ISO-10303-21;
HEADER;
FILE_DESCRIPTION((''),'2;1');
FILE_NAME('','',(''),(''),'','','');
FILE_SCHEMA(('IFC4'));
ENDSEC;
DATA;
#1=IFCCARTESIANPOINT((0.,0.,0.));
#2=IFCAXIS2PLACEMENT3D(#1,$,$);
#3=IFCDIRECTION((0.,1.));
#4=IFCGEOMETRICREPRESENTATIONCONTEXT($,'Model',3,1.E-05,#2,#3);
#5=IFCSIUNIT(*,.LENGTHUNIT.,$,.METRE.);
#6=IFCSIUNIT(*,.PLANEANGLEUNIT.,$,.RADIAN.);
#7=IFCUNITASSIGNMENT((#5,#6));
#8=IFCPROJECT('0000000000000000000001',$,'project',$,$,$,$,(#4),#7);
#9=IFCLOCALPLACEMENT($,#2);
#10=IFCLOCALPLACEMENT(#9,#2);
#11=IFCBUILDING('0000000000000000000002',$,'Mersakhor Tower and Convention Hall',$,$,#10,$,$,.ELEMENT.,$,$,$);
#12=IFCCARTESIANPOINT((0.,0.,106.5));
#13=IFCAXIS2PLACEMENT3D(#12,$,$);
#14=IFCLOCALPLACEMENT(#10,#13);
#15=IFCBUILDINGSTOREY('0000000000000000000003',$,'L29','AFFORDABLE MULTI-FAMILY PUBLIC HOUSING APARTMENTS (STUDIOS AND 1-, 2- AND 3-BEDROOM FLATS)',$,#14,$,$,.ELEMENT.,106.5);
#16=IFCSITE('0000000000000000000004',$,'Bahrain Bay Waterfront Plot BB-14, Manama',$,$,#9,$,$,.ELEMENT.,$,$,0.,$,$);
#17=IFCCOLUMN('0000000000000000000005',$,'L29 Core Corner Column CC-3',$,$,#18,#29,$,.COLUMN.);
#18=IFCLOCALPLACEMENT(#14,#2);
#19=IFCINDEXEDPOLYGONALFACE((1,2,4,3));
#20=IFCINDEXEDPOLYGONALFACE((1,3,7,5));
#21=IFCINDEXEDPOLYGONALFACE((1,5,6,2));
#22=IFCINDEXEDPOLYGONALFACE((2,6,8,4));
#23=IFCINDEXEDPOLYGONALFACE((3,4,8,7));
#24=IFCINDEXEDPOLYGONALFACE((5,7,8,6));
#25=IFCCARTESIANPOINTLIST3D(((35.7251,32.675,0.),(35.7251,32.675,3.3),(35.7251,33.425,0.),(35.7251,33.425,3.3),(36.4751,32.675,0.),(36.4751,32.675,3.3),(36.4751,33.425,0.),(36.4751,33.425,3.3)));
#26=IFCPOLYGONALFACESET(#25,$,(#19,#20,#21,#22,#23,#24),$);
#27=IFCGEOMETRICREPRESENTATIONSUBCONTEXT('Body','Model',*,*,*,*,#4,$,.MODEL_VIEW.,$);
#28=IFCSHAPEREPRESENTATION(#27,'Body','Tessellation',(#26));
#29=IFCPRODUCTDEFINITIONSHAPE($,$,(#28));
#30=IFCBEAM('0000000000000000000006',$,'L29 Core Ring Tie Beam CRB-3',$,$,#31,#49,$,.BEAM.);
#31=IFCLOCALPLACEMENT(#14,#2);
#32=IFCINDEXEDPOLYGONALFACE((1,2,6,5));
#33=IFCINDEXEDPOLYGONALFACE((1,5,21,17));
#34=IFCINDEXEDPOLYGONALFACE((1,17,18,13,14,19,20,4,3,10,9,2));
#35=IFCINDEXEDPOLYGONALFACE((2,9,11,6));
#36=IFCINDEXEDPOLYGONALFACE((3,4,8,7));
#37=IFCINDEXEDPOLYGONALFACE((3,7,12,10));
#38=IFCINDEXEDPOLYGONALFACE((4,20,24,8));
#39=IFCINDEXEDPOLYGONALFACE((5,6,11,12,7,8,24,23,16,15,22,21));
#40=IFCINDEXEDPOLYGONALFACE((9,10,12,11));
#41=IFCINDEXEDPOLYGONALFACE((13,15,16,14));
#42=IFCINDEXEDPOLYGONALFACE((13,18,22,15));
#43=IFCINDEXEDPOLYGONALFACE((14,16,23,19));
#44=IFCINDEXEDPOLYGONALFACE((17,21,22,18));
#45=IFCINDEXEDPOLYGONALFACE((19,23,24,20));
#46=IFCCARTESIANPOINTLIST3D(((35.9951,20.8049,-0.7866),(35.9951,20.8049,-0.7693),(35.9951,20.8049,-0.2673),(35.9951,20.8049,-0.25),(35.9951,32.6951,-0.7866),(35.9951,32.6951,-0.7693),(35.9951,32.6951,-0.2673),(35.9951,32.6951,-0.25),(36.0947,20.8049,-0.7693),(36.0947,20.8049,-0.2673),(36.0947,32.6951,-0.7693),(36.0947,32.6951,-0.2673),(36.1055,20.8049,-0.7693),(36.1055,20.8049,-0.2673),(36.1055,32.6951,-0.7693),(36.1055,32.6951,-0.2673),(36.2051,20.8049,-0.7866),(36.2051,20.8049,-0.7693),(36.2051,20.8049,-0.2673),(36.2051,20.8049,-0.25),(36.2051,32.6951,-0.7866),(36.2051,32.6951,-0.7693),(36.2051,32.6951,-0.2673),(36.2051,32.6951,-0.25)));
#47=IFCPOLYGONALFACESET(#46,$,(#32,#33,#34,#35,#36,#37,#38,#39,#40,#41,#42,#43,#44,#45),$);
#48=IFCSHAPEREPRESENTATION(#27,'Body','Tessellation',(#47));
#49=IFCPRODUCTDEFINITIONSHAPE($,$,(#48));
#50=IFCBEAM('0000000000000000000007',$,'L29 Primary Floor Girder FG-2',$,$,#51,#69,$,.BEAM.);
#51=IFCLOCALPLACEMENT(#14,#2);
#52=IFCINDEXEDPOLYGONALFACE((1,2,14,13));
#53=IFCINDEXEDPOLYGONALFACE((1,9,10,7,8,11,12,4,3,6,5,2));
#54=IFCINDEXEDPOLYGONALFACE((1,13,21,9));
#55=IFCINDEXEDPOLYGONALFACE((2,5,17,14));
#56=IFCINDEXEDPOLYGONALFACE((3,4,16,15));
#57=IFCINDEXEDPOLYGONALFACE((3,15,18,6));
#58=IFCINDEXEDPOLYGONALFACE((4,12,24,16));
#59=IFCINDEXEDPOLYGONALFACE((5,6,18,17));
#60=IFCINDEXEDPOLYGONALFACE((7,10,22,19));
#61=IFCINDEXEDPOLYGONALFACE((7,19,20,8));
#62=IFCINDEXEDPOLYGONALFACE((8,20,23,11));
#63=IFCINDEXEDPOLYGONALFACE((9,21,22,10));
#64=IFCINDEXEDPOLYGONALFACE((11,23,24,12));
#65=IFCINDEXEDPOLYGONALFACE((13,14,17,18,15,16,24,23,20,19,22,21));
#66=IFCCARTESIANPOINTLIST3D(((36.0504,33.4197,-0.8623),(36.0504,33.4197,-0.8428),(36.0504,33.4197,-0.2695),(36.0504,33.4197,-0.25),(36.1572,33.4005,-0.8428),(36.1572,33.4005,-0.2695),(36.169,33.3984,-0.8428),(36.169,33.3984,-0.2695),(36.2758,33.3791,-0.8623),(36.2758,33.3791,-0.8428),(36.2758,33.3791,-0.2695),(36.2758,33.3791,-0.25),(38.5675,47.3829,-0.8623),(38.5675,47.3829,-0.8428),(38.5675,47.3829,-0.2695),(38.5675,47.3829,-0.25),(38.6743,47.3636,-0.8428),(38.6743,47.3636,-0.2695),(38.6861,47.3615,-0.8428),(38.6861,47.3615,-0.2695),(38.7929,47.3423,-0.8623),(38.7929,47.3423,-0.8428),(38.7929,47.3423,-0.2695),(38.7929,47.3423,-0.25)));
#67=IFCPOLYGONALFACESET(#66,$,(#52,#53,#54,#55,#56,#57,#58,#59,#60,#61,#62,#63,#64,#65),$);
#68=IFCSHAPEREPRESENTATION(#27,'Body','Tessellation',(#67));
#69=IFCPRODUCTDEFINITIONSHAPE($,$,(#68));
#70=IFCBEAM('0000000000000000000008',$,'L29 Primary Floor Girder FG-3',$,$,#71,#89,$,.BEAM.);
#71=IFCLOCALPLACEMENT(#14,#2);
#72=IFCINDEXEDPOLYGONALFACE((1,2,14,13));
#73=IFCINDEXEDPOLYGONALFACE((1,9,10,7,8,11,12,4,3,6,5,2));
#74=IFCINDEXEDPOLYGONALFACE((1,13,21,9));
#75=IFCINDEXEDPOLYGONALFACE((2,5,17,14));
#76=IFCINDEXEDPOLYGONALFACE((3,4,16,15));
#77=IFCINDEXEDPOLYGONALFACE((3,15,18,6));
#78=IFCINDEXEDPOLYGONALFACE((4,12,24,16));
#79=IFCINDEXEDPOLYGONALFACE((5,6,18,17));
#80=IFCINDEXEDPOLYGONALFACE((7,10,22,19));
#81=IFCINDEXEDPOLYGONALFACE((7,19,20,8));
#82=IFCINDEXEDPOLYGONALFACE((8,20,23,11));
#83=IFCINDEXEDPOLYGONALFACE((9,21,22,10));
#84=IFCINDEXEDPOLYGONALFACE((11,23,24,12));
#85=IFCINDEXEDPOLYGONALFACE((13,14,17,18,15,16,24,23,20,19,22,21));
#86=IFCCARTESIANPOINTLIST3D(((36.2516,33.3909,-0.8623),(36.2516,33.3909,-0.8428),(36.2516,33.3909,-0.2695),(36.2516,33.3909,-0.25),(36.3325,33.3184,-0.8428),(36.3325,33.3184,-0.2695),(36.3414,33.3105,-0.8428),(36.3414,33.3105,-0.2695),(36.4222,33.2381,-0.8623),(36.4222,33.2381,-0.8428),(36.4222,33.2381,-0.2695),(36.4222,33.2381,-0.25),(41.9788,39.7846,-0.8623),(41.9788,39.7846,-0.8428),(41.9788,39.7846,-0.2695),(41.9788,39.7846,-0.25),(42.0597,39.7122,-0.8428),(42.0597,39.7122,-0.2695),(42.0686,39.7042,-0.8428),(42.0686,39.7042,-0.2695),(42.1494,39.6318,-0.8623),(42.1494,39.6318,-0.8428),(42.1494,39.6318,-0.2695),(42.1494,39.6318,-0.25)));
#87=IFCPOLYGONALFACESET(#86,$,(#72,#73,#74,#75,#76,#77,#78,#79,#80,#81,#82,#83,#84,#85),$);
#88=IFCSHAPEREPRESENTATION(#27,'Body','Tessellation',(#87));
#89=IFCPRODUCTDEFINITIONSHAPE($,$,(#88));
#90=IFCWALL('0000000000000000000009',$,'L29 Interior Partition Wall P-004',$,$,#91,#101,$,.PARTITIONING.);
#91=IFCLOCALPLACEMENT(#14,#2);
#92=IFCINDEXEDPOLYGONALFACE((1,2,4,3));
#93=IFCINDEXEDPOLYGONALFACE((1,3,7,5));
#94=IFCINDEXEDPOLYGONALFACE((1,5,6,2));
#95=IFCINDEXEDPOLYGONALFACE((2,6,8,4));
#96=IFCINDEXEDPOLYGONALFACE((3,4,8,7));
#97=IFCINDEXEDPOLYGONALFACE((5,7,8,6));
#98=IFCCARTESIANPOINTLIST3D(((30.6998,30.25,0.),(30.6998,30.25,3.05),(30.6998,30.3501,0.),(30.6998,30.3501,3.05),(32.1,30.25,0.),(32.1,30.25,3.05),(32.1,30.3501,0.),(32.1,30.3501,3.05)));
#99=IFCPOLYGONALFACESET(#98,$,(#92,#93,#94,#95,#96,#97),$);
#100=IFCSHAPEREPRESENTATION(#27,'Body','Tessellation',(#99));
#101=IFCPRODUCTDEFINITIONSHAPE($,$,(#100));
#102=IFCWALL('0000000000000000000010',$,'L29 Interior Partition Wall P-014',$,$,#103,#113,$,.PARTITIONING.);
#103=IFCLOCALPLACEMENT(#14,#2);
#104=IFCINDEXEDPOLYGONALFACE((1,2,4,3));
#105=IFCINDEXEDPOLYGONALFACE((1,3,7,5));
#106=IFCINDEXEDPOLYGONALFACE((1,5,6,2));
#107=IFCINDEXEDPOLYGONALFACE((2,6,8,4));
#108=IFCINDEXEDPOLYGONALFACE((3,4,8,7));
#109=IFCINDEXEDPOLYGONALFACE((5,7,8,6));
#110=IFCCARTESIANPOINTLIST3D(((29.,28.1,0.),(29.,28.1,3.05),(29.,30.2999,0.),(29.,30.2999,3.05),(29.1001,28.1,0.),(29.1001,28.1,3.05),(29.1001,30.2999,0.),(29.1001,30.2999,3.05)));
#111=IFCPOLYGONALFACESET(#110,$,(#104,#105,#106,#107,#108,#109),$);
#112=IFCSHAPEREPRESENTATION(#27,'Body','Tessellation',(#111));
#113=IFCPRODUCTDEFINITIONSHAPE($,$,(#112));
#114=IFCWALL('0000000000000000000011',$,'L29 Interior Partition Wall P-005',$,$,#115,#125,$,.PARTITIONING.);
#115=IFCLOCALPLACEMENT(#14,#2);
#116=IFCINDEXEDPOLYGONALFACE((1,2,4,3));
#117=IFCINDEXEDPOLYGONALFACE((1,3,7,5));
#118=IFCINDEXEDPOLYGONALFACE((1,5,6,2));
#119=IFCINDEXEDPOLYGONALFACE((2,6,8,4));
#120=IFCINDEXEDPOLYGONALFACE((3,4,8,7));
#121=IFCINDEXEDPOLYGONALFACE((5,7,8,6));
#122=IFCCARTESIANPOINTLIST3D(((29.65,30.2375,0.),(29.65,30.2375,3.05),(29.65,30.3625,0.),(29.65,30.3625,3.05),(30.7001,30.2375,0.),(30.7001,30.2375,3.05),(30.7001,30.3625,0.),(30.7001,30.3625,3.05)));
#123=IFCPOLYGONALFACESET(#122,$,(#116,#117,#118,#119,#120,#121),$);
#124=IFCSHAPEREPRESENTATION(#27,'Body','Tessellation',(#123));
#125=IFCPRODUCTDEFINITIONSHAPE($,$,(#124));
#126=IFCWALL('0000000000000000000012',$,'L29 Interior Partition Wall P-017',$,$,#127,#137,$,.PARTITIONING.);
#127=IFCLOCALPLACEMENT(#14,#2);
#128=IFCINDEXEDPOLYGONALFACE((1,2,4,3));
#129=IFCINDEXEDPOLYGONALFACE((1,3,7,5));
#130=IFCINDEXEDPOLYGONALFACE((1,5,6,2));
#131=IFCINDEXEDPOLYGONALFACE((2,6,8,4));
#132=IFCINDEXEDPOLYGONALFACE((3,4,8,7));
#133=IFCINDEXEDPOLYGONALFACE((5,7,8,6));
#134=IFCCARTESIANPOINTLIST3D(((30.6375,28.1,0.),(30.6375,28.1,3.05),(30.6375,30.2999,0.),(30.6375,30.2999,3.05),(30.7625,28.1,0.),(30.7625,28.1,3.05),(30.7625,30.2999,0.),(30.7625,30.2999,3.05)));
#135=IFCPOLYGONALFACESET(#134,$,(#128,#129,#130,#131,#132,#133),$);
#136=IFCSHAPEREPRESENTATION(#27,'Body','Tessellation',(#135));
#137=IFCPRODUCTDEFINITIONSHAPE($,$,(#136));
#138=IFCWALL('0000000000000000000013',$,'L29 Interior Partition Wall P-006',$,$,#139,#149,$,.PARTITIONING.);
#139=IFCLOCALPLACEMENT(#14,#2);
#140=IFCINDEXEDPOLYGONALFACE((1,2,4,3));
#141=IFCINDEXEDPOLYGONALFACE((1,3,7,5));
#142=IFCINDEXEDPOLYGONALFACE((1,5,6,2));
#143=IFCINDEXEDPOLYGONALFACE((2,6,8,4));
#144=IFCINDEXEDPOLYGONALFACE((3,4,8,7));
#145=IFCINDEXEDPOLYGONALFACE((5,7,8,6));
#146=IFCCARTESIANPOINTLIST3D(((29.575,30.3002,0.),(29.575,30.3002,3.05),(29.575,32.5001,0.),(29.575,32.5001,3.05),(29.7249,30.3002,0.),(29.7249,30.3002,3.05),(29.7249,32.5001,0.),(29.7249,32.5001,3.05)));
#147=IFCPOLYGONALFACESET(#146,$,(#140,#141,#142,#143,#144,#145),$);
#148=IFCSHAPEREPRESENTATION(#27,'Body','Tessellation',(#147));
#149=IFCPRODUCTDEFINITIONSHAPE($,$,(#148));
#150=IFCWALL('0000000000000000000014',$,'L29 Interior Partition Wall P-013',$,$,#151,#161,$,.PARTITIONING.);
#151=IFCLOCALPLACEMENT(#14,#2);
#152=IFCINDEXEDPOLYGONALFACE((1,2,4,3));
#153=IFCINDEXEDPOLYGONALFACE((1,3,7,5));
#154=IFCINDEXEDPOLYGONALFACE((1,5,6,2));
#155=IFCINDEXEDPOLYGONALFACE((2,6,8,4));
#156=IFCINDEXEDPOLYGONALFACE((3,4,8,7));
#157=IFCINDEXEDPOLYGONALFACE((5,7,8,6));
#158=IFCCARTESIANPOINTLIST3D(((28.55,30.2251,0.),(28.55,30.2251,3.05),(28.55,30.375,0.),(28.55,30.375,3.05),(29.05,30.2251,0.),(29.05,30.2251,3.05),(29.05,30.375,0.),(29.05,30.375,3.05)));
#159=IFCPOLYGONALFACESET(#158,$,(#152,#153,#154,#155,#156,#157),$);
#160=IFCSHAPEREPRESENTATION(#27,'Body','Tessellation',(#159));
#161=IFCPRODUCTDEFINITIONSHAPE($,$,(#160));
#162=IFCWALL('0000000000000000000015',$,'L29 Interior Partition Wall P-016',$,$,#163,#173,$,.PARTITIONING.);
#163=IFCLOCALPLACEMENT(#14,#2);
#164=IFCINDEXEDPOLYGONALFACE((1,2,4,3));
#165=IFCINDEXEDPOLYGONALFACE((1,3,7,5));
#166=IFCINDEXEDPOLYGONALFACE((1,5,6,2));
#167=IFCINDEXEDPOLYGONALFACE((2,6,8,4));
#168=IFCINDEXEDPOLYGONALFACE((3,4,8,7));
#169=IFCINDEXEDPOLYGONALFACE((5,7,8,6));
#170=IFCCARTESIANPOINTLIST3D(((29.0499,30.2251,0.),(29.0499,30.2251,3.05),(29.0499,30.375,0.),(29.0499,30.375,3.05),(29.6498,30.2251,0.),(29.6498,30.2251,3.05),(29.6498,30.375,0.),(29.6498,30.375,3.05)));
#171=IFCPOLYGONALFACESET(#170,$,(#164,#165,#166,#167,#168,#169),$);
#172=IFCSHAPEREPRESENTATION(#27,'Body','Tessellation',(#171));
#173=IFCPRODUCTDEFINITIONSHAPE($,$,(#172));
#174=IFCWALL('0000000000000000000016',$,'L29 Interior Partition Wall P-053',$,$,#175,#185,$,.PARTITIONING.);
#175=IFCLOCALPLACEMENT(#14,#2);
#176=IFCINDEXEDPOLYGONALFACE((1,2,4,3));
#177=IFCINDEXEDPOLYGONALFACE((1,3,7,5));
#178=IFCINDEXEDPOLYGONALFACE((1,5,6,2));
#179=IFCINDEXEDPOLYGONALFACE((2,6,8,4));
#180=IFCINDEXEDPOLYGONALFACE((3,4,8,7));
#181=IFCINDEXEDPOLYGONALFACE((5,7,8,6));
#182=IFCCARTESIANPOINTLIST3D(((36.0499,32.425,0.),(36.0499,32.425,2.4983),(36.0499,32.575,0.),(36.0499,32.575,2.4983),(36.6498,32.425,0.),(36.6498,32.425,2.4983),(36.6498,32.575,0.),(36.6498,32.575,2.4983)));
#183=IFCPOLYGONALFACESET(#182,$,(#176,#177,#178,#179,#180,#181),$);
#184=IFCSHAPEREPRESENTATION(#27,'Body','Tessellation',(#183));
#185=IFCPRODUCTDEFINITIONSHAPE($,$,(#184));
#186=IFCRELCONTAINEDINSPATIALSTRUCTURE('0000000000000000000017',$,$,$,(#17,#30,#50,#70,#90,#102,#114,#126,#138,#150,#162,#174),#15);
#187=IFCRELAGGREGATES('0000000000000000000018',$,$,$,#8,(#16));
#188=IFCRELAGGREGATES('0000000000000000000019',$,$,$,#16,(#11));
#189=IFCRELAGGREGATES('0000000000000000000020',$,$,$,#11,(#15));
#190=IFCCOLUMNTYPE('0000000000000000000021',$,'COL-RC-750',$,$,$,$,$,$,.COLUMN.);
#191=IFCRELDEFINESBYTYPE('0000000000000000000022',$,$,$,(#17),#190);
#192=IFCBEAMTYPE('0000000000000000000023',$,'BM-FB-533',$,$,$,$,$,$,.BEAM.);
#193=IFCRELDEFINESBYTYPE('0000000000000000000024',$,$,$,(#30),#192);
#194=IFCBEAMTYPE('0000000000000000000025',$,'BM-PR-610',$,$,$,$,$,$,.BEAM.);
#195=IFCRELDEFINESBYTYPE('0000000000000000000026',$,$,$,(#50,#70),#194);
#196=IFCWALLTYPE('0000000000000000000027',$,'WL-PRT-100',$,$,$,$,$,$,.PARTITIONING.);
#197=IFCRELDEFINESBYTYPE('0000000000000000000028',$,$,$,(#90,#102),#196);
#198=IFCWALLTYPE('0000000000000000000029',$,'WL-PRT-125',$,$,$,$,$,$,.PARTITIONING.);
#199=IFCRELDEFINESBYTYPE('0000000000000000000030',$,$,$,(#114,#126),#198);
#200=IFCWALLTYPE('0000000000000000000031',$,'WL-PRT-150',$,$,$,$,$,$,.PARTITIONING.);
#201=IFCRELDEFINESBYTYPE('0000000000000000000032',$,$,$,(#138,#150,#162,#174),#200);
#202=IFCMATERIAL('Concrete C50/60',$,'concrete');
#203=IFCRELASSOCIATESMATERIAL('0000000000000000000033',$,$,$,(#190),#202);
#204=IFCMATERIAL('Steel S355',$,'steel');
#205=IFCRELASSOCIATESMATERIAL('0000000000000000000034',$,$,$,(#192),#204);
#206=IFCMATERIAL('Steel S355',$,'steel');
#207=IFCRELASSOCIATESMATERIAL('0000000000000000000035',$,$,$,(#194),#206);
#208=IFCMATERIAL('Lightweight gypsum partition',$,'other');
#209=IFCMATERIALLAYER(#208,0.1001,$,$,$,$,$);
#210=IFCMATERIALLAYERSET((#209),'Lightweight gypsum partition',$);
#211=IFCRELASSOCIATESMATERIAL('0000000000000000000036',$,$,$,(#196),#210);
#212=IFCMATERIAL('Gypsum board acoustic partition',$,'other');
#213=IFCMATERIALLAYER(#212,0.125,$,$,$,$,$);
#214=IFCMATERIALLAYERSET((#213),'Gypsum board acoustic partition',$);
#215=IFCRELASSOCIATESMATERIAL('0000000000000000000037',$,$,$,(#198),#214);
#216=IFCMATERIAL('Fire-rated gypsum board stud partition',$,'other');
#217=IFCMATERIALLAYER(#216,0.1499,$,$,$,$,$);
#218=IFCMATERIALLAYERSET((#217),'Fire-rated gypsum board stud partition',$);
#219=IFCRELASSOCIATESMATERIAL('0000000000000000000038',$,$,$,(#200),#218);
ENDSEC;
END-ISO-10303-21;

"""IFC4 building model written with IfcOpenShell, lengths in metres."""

from ifc_helpers import new_model, si_unit, direction, frame, frame_2d, origin, origin_2d, place, context, subcontext, project, spatial, rectangle, i_section, extrude, material, layer, layer_set, material_profile, profile_set, type_object, element, save


model = new_model("IFC4")

# Units and contexts
model_context = context("Model", 3, precision=1e-05, world=origin(), true_north=direction((0.0, 1.0)))
body_context = subcontext(model_context, "Body", "Model", "MODEL_VIEW")
ifc_project = project(units=[si_unit("LENGTHUNIT", "METRE"), si_unit("PLANEANGLEUNIT", "RADIAN")], contexts=[model_context])

# Site, building, storey
site_placement = place(None, origin())
site = spatial("IfcSite", under=ifc_project, at=site_placement, Name="Bahrain Bay Waterfront Plot BB-14, Manama", CompositionType="ELEMENT", RefElevation=0.0)
building_placement = place(site_placement, origin())
building = spatial("IfcBuilding", under=site, at=building_placement, Name="Mersakhor Tower and Convention Hall", CompositionType="ELEMENT")
storey_placement = place(building_placement, frame((0.0, 0.0, 106.5)))
storey = spatial("IfcBuildingStorey", under=building, at=storey_placement, Name="L29", Description="AFFORDABLE MULTI-FAMILY PUBLIC HOUSING APARTMENTS (STUDIOS AND 1-, 2- AND 3-BEDROOM FLATS)", CompositionType="ELEMENT", Elevation=106.5)

# Column
ifc_material_1 = material(Name="Concrete C50/60", Category="concrete")
ifc_material_profile_1 = material_profile(ifc_material_1, rectangle(XDim=0.75, YDim=0.75, at=origin_2d()), Name="RC 750x750")
ifc_profile_set_1 = profile_set([ifc_material_profile_1], Name="Concrete C50/60")
column_type = type_object("IfcColumnType", Name="COL-RC-750", PredefinedType="COLUMN", material=ifc_profile_set_1)
column_placement = place(storey_placement, frame((36.1001, 33.05, 0.0), z_axis=(0.0, 0.0, 1.0), x_axis=(1.0, 0.0, 0.0)))
element("IfcColumn", 1, at=column_placement, inside=storey, type_object=column_type, Name="L29 Core Corner Column CC-3", PredefinedType="COLUMN", context=body_context, shape_type="SweptSolid", body=[
    extrude(rectangle(XDim=0.75, YDim=0.75, at=origin_2d()), origin(), (0.0, 0.0, 1.0), 3.3),
])

# Beams
ifc_material_2 = material(Name="Steel S355", Category="steel")
ifc_material_profile_2 = material_profile(ifc_material_2, i_section(OverallWidth=0.21, OverallDepth=0.5366, WebThickness=0.0107, FlangeThickness=0.0173, at=origin_2d()), Name="UB 533x210x101")
ifc_profile_set_2 = profile_set([ifc_material_profile_2], Name="Steel S355")
beam_type_1 = type_object("IfcBeamType", Name="BM-FB-533", PredefinedType="BEAM", material=ifc_profile_set_2)
beam_1_placement = place(storey_placement, frame((36.1001, 32.6951, -0.5183), z_axis=(0.0, -1.0, 0.0), x_axis=(1.0, 0.0, 0.0)))
element("IfcBeam", 2, at=beam_1_placement, inside=storey, type_object=beam_type_1, Name="L29 Core Ring Tie Beam CRB-3", PredefinedType="BEAM", context=body_context, shape_type="SweptSolid", body=[
    extrude(i_section(OverallWidth=0.21, OverallDepth=0.5366, WebThickness=0.0107, FlangeThickness=0.0173, at=origin_2d()), origin(), (0.0, 0.0, 1.0), 11.8901),
])
ifc_material_3 = material(Name="Steel S355", Category="steel")
ifc_material_profile_3 = material_profile(ifc_material_3, i_section(OverallWidth=0.229, OverallDepth=0.6123, WebThickness=0.012, FlangeThickness=0.0195, at=origin_2d()), Name="UB 610x229x125")
ifc_profile_set_3 = profile_set([ifc_material_profile_3], Name="Steel S355")
beam_type_2 = type_object("IfcBeamType", Name="BM-PR-610", PredefinedType="BEAM", material=ifc_profile_set_3)
beam_2_placement = place(storey_placement, frame((36.1631, 33.3994, -0.5562), z_axis=(0.177407, 0.984138, 0.0), x_axis=(-0.984138, 0.177407, 0.0)))
element("IfcBeam", 3, at=beam_2_placement, inside=storey, type_object=beam_type_2, Name="L29 Primary Floor Girder FG-2", PredefinedType="BEAM", context=body_context, shape_type="SweptSolid", body=[
    extrude(i_section(OverallWidth=0.229, OverallDepth=0.6123, WebThickness=0.012, FlangeThickness=0.0195, at=origin_2d()), origin(), (0.0, 0.0, 1.0), 14.1882),
])
beam_3_placement = place(storey_placement, frame((36.3369, 33.3145, -0.5562), z_axis=(0.667217, 0.744863, 0.0), x_axis=(-0.744863, 0.667217, 0.0)))
element("IfcBeam", 4, at=beam_3_placement, inside=storey, type_object=beam_type_2, Name="L29 Primary Floor Girder FG-3", PredefinedType="BEAM", context=body_context, shape_type="SweptSolid", body=[
    extrude(i_section(OverallWidth=0.229, OverallDepth=0.6123, WebThickness=0.012, FlangeThickness=0.0195, at=origin_2d()), origin(), (0.0, 0.0, 1.0), 8.5837),
])

# Walls
ifc_material_4 = material(Name="Lightweight gypsum partition", Category="other")
ifc_layer_1 = layer(ifc_material_4, 0.1001)
ifc_layer_set_1 = layer_set([ifc_layer_1], Name="Lightweight gypsum partition")
wall_type_1 = type_object("IfcWallType", Name="WL-PRT-100", PredefinedType="PARTITIONING", material=ifc_layer_set_1)
wall_1_placement = place(storey_placement, frame((32.1001, 30.3, 0.0), z_axis=(0.0, 0.0, 1.0), x_axis=(-1.0, 0.0, 0.0)))
element("IfcWall", 5, at=wall_1_placement, inside=storey, type_object=wall_type_1, Name="L29 Interior Partition Wall P-004", PredefinedType="PARTITIONING", context=body_context, shape_type="SweptSolid", body=[
    extrude(rectangle(XDim=1.4001, YDim=0.1001, at=frame_2d((0.7002, 0.0))), origin(), (0.0, 0.0, 1.0), 3.05),
])
wall_2_placement = place(storey_placement, frame((29.05, 30.3, 0.0), z_axis=(0.0, 0.0, 1.0), x_axis=(0.0, -1.0, 0.0)))
element("IfcWall", 6, at=wall_2_placement, inside=storey, type_object=wall_type_1, Name="L29 Interior Partition Wall P-014", PredefinedType="PARTITIONING", context=body_context, shape_type="SweptSolid", body=[
    extrude(rectangle(XDim=2.2, YDim=0.1001, at=frame_2d((1.1001, 0.0))), origin(), (0.0, 0.0, 1.0), 3.05),
])
ifc_material_5 = material(Name="Gypsum board acoustic partition", Category="other")
ifc_layer_2 = layer(ifc_material_5, 0.125)
ifc_layer_set_2 = layer_set([ifc_layer_2], Name="Gypsum board acoustic partition")
wall_type_2 = type_object("IfcWallType", Name="WL-PRT-125", PredefinedType="PARTITIONING", material=ifc_layer_set_2)
wall_3_placement = place(storey_placement, frame((30.7, 30.3, 0.0), z_axis=(0.0, 0.0, 1.0), x_axis=(-1.0, 0.0, 0.0)))
element("IfcWall", 7, at=wall_3_placement, inside=storey, type_object=wall_type_2, Name="L29 Interior Partition Wall P-005", PredefinedType="PARTITIONING", context=body_context, shape_type="SweptSolid", body=[
    extrude(rectangle(XDim=1.05, YDim=0.125, at=frame_2d((0.5249, 0.0))), origin(), (0.0, 0.0, 1.0), 3.05),
])
wall_4_placement = place(storey_placement, frame((30.7, 30.3, 0.0), z_axis=(0.0, 0.0, 1.0), x_axis=(0.0, -1.0, 0.0)))
element("IfcWall", 8, at=wall_4_placement, inside=storey, type_object=wall_type_2, Name="L29 Interior Partition Wall P-017", PredefinedType="PARTITIONING", context=body_context, shape_type="SweptSolid", body=[
    extrude(rectangle(XDim=2.2, YDim=0.125, at=frame_2d((1.1001, 0.0))), origin(), (0.0, 0.0, 1.0), 3.05),
])
ifc_material_6 = material(Name="Fire-rated gypsum board stud partition", Category="other")
ifc_layer_3 = layer(ifc_material_6, 0.1499)
ifc_layer_set_3 = layer_set([ifc_layer_3], Name="Fire-rated gypsum board stud partition")
wall_type_3 = type_object("IfcWallType", Name="WL-PRT-150", PredefinedType="PARTITIONING", material=ifc_layer_set_3)
wall_5_placement = place(storey_placement, frame((29.6499, 30.3, 0.0), z_axis=(0.0, 0.0, 1.0), x_axis=(0.0, 1.0, 0.0)))
element("IfcWall", 9, at=wall_5_placement, inside=storey, type_object=wall_type_3, Name="L29 Interior Partition Wall P-006", PredefinedType="PARTITIONING", context=body_context, shape_type="SweptSolid", body=[
    extrude(rectangle(XDim=2.2, YDim=0.1499, at=frame_2d((1.1001, 0.0))), origin(), (0.0, 0.0, 1.0), 3.05),
])
wall_6_placement = place(storey_placement, frame((28.55, 30.3, 0.0), z_axis=(0.0, 0.0, 1.0), x_axis=(1.0, 0.0, 0.0)))
element("IfcWall", 10, at=wall_6_placement, inside=storey, type_object=wall_type_3, Name="L29 Interior Partition Wall P-013", PredefinedType="PARTITIONING", context=body_context, shape_type="SweptSolid", body=[
    extrude(rectangle(XDim=0.5, YDim=0.1499, at=frame_2d((0.25, 0.0))), origin(), (0.0, 0.0, 1.0), 3.05),
])
wall_7_placement = place(storey_placement, frame((29.05, 30.3, 0.0), z_axis=(0.0, 0.0, 1.0), x_axis=(1.0, 0.0, 0.0)))
element("IfcWall", 11, at=wall_7_placement, inside=storey, type_object=wall_type_3, Name="L29 Interior Partition Wall P-016", PredefinedType="PARTITIONING", context=body_context, shape_type="SweptSolid", body=[
    extrude(rectangle(XDim=0.5999, YDim=0.1499, at=frame_2d((0.2998, 0.0))), origin(), (0.0, 0.0, 1.0), 3.05),
])
wall_8_placement = place(storey_placement, frame((36.05, 32.5, 0.0), z_axis=(0.0, 0.0, 1.0), x_axis=(1.0, 0.0, 0.0)))
element("IfcWall", 12, at=wall_8_placement, inside=storey, type_object=wall_type_3, Name="L29 Interior Partition Wall P-053", PredefinedType="PARTITIONING", context=body_context, shape_type="SweptSolid", body=[
    extrude(rectangle(XDim=0.5999, YDim=0.1499, at=frame_2d((0.2998, 0.0))), origin(), (0.0, 0.0, 1.0), 2.4983),
])

save(model, "model.ifc")
